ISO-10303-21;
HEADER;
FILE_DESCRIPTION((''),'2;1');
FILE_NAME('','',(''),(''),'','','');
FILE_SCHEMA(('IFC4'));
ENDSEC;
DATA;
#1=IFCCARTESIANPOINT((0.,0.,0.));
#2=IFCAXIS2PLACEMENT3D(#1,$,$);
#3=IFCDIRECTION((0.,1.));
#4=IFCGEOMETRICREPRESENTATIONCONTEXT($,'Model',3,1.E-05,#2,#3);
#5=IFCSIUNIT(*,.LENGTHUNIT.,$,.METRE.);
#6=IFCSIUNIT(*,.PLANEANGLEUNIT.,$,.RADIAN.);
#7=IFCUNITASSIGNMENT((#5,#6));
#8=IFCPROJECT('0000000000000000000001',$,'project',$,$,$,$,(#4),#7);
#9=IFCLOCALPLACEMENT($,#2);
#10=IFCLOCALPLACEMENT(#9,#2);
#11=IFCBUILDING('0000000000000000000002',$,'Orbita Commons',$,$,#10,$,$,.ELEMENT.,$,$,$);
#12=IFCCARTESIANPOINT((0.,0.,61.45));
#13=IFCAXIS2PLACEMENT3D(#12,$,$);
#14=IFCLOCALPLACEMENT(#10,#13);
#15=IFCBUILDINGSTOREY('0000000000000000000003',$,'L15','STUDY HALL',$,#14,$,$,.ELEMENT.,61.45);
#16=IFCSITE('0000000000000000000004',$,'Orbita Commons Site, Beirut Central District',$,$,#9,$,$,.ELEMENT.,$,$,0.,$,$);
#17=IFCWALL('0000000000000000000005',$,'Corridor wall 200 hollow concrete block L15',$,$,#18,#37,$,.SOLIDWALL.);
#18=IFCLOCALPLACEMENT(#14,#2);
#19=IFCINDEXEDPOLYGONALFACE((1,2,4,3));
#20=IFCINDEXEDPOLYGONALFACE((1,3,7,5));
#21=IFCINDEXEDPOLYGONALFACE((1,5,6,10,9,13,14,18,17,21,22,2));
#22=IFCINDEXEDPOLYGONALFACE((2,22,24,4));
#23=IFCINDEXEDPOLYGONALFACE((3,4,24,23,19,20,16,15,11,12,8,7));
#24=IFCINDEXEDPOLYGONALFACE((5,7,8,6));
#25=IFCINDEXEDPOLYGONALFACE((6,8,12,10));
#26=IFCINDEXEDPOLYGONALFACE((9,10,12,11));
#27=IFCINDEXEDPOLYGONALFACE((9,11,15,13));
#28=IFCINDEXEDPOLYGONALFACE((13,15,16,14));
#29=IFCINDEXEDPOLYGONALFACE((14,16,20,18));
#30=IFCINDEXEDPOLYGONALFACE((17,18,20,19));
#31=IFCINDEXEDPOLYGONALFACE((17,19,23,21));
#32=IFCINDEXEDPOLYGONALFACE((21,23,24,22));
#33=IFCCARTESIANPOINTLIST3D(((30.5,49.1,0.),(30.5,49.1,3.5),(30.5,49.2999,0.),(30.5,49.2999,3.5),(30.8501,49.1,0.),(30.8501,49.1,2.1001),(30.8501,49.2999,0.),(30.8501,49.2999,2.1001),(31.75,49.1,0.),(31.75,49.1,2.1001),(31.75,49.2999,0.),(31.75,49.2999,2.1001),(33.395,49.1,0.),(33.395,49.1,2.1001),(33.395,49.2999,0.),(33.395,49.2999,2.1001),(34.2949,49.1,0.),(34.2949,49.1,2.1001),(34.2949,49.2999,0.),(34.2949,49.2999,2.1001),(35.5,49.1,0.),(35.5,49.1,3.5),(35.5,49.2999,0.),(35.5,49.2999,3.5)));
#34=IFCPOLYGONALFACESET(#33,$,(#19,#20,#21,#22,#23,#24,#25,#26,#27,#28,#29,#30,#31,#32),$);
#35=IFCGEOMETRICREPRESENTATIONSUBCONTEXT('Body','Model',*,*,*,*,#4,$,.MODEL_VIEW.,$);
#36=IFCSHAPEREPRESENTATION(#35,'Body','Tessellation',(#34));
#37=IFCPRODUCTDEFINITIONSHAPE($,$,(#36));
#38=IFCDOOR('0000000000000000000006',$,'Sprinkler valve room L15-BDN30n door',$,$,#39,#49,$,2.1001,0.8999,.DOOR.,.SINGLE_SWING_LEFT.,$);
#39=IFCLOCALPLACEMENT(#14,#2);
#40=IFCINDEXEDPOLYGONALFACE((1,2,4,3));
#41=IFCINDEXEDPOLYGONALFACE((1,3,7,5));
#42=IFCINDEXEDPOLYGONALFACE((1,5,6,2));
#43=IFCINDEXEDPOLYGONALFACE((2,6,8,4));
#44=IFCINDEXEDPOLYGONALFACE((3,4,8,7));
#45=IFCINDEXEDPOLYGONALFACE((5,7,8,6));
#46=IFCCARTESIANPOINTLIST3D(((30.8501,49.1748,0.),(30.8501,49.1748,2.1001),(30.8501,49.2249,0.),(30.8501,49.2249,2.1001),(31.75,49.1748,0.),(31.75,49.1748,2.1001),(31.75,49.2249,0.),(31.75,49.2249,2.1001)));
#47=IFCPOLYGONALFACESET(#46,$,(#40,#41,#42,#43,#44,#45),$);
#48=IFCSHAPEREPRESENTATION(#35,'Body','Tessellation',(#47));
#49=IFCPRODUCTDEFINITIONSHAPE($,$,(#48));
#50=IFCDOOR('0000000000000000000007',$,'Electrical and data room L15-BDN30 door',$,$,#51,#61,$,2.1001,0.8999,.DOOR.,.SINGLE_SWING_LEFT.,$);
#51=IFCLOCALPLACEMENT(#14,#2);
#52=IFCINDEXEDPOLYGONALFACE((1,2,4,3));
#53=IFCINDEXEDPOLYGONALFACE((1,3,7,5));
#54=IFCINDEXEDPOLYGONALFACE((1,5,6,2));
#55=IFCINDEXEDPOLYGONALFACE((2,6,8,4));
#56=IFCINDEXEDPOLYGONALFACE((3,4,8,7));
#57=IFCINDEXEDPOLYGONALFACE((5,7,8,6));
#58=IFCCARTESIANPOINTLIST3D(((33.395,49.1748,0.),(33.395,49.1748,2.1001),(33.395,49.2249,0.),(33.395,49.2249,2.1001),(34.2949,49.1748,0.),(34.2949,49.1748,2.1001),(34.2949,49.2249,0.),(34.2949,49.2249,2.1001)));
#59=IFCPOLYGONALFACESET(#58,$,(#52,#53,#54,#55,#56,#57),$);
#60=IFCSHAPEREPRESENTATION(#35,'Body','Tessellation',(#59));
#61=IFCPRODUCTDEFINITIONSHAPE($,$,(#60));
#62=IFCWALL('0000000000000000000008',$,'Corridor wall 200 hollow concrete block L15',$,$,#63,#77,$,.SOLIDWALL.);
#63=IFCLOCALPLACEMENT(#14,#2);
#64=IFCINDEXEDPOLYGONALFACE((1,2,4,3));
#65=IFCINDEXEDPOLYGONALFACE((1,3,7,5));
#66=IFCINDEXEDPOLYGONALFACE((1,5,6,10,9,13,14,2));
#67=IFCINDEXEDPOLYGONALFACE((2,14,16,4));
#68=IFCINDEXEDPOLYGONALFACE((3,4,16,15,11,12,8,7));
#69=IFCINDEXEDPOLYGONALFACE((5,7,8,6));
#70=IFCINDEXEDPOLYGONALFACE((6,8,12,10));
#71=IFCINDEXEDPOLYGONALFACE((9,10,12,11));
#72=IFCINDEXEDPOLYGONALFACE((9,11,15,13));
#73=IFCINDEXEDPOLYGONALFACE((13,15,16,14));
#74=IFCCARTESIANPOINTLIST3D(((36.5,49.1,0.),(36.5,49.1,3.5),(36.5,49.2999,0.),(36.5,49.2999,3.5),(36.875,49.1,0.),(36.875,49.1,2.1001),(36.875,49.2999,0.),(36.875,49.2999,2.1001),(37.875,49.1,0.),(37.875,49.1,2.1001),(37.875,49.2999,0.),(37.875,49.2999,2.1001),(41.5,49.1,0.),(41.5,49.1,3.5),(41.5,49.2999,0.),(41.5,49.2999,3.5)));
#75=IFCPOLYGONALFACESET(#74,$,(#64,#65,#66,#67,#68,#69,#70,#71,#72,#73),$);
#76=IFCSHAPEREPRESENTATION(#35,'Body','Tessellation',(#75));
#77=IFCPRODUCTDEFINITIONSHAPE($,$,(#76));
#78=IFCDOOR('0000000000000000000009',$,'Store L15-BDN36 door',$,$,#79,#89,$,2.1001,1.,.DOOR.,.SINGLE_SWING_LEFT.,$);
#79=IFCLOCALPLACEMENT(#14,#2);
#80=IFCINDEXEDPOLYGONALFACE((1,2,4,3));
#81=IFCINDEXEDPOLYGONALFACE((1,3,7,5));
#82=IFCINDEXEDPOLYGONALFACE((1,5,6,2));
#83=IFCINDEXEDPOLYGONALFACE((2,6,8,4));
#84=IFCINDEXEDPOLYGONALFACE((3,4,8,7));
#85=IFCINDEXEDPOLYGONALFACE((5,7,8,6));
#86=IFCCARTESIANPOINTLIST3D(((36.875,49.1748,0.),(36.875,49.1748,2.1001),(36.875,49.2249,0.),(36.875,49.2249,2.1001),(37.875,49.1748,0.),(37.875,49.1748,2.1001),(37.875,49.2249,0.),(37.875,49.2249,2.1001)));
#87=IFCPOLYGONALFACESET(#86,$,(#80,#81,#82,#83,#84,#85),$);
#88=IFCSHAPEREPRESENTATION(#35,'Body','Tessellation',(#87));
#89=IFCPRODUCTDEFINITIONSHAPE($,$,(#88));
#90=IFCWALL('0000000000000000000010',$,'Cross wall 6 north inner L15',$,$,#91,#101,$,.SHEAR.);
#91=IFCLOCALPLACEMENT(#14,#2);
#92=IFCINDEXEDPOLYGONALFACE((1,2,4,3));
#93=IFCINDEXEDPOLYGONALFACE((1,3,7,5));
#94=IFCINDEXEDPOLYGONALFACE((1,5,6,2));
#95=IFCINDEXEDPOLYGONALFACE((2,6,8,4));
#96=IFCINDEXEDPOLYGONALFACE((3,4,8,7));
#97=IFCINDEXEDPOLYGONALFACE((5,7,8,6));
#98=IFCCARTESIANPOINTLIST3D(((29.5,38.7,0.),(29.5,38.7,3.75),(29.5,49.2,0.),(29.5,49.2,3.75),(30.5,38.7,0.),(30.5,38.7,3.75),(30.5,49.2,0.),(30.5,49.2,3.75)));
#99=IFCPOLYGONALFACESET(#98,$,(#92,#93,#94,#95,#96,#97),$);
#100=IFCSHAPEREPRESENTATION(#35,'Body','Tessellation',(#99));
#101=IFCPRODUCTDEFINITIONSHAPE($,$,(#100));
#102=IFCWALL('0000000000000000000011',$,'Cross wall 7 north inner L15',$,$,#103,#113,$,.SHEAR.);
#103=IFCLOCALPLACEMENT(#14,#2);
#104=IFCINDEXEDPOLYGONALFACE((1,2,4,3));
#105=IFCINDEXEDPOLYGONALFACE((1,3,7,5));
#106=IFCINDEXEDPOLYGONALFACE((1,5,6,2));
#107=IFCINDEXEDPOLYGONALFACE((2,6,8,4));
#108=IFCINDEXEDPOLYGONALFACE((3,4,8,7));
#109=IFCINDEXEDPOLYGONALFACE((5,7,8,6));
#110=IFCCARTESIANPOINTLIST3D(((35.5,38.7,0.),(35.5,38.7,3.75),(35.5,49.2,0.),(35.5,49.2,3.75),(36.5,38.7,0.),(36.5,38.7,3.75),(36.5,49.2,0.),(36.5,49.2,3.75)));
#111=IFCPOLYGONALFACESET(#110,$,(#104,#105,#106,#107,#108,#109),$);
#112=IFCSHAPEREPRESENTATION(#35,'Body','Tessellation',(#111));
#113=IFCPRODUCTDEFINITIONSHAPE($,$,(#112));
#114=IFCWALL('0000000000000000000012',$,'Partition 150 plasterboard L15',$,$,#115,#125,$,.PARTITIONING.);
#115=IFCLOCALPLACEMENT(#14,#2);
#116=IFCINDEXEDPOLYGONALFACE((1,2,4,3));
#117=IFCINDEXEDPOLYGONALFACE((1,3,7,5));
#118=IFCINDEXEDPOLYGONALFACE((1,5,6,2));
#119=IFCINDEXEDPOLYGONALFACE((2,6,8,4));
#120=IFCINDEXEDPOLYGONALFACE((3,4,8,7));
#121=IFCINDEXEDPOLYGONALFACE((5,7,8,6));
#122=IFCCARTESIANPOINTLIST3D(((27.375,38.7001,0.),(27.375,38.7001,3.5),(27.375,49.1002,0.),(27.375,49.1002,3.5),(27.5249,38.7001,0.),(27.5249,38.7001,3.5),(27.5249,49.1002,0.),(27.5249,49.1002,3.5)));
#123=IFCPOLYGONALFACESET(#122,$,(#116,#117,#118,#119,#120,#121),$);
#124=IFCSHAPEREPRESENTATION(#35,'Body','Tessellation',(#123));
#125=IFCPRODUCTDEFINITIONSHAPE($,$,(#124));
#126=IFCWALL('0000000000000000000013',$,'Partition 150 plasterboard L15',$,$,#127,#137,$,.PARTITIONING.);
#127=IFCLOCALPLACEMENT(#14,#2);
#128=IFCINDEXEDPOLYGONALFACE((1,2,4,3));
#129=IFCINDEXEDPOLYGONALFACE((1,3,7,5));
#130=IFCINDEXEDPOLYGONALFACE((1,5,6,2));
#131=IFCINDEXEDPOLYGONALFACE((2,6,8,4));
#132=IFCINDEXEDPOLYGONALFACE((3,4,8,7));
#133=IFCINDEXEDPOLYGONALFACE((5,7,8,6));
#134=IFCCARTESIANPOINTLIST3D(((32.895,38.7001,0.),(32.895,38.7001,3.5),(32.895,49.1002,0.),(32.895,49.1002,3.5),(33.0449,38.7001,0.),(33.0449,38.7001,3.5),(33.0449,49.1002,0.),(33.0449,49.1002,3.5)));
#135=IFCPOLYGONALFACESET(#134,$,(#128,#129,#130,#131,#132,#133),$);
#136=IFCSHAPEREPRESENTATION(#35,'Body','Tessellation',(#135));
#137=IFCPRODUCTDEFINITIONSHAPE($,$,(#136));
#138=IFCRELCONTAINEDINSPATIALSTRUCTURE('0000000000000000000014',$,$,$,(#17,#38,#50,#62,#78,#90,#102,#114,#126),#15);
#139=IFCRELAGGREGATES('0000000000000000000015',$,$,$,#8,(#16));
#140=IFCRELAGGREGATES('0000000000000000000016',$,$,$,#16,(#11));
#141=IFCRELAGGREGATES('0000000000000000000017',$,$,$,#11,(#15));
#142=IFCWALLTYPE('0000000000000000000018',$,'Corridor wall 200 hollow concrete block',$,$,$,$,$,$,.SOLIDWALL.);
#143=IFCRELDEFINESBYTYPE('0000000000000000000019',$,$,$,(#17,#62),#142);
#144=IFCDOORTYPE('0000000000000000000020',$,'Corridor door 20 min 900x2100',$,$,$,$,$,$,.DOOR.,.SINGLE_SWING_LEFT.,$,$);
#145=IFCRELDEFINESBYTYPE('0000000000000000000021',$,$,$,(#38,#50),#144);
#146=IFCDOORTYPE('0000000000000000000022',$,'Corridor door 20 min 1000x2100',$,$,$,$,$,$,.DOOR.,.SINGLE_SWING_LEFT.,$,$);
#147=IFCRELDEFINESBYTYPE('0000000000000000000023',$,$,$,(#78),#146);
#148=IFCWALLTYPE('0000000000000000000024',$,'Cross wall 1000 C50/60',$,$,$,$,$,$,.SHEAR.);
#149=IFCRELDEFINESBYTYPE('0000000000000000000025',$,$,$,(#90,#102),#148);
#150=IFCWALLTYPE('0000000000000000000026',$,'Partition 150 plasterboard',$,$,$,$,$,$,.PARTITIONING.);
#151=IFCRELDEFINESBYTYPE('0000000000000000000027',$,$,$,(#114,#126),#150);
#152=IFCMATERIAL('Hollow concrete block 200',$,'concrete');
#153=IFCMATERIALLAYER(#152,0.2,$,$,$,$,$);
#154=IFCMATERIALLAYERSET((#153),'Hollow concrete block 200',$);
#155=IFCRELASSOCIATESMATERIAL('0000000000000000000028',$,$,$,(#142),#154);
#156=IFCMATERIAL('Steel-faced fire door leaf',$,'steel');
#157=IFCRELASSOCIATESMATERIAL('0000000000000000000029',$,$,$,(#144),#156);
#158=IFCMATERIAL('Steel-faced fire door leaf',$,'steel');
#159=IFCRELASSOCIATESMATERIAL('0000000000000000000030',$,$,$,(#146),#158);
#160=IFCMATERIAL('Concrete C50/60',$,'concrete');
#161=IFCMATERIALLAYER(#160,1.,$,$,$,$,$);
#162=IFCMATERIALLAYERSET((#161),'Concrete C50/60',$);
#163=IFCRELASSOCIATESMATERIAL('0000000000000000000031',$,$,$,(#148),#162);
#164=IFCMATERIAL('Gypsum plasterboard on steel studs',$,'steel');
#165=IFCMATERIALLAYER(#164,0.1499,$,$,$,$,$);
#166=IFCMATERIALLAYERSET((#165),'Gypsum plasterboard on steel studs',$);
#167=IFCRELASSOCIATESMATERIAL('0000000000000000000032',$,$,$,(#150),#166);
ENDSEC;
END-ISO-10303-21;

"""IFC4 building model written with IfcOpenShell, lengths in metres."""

from ifc_helpers import new_model, si_unit, direction, frame, frame_2d, origin, place, context, subcontext, project, spatial, rectangle, extrude, material, layer, layer_set, type_object, element, fill, save


model = new_model("IFC4")

# Units and contexts
model_context = context("Model", 3, precision=1e-05, world=origin(), true_north=direction((0.0, 1.0)))
body_context = subcontext(model_context, "Body", "Model", "MODEL_VIEW")
ifc_project = project(units=[si_unit("LENGTHUNIT", "METRE"), si_unit("PLANEANGLEUNIT", "RADIAN")], contexts=[model_context])

# Site, building, storey
site_placement = place(None, origin())
site = spatial("IfcSite", under=ifc_project, at=site_placement, Name="Orbita Commons Site, Beirut Central District", CompositionType="ELEMENT", RefElevation=0.0)
building_placement = place(site_placement, origin())
building = spatial("IfcBuilding", under=site, at=building_placement, Name="Orbita Commons", CompositionType="ELEMENT")
storey_placement = place(building_placement, frame((0.0, 0.0, 61.45)))
storey = spatial("IfcBuildingStorey", under=building, at=storey_placement, Name="L15", Description="STUDY HALL", CompositionType="ELEMENT", Elevation=61.45)

# Wall, openings, doors
ifc_material_1 = material(Name="Hollow concrete block 200", Category="concrete")
ifc_layer_1 = layer(ifc_material_1, 0.2)
ifc_layer_set_1 = layer_set([ifc_layer_1], Name="Hollow concrete block 200")
wall_type_1 = type_object("IfcWallType", Name="Corridor wall 200 hollow concrete block", PredefinedType="SOLIDWALL", material=ifc_layer_set_1)
ifc_material_2 = material(Name="Steel-faced fire door leaf", Category="steel")
door_type_1 = type_object("IfcDoorType", Name="Corridor door 20 min 900x2100", OperationType="SINGLE_SWING_LEFT", PredefinedType="DOOR", material=ifc_material_2)
wall_1_placement = place(storey_placement, frame((30.5, 49.2, 0.0), z_axis=(0.0, 0.0, 1.0), x_axis=(1.0, 0.0, 0.0)))
wall_1 = element("IfcWall", 1, at=wall_1_placement, inside=storey, type_object=wall_type_1, Name="Corridor wall 200 hollow concrete block L15", PredefinedType="SOLIDWALL", context=body_context, shape_type="SweptSolid", body=[
    extrude(rectangle(XDim=5.0, YDim=0.2, at=frame_2d((2.5, 0.0))), origin(), (0.0, 0.0, 1.0), 3.5),
])
opening_1_placement = place(wall_1_placement, frame((0.3501, 0.0, 0.0)))
opening_1 = element("IfcOpeningElement", 2, at=opening_1_placement, cuts=wall_1, PredefinedType="OPENING", context=body_context, shape_type="SweptSolid", body=[
    extrude(rectangle(XDim=0.8999, YDim=2.1001, at=frame_2d((0.45, 1.05))), frame((0.0, 0.1099, 0.0), z_axis=(0.0, -1.0, 0.0), x_axis=(1.0, 0.0, 0.0)), (0.0, 0.0, 1.0), 0.22),
])
opening_2_placement = place(wall_1_placement, frame((2.895, 0.0, 0.0)))
opening_2 = element("IfcOpeningElement", 3, at=opening_2_placement, cuts=wall_1, PredefinedType="OPENING", context=body_context, shape_type="SweptSolid", body=[
    extrude(rectangle(XDim=0.8999, YDim=2.1001, at=frame_2d((0.45, 1.05))), frame((0.0, 0.1099, 0.0), z_axis=(0.0, -1.0, 0.0), x_axis=(1.0, 0.0, 0.0)), (0.0, 0.0, 1.0), 0.22),
])
door_1_placement = place(opening_1_placement, origin())
door_1 = element("IfcDoor", 4, at=door_1_placement, inside=storey, type_object=door_type_1, Name="Sprinkler valve room L15-BDN30n door", OperationType="SINGLE_SWING_LEFT", OverallHeight=2.1001, OverallWidth=0.8999, PredefinedType="DOOR", context=body_context, shape_type="SweptSolid", body=[
    extrude(rectangle(XDim=0.8999, YDim=2.1001, at=frame_2d((0.45, 1.05))), frame((0.0, 0.0249, 0.0), z_axis=(0.0, -1.0, 0.0), x_axis=(1.0, 0.0, 0.0)), (0.0, 0.0, 1.0), 0.05),
])
fill(opening_1, door_1)
door_2_placement = place(opening_2_placement, origin())
door_2 = element("IfcDoor", 5, at=door_2_placement, inside=storey, type_object=door_type_1, Name="Electrical and data room L15-BDN30 door", OperationType="SINGLE_SWING_LEFT", OverallHeight=2.1001, OverallWidth=0.8999, PredefinedType="DOOR", context=body_context, shape_type="SweptSolid", body=[
    extrude(rectangle(XDim=0.8999, YDim=2.1001, at=frame_2d((0.45, 1.05))), frame((0.0, 0.0249, 0.0), z_axis=(0.0, -1.0, 0.0), x_axis=(1.0, 0.0, 0.0)), (0.0, 0.0, 1.0), 0.05),
])
fill(opening_2, door_2)

# Wall, opening, door
wall_2_placement = place(storey_placement, frame((36.5, 49.2, 0.0), z_axis=(0.0, 0.0, 1.0), x_axis=(1.0, 0.0, 0.0)))
wall_2 = element("IfcWall", 6, at=wall_2_placement, inside=storey, type_object=wall_type_1, Name="Corridor wall 200 hollow concrete block L15", PredefinedType="SOLIDWALL", context=body_context, shape_type="SweptSolid", body=[
    extrude(rectangle(XDim=5.0, YDim=0.2, at=frame_2d((2.5, 0.0))), origin(), (0.0, 0.0, 1.0), 3.5),
])
opening_3_placement = place(wall_2_placement, frame((0.375, 0.0, 0.0)))
opening_3 = element("IfcOpeningElement", 7, at=opening_3_placement, cuts=wall_2, PredefinedType="OPENING", context=body_context, shape_type="SweptSolid", body=[
    extrude(rectangle(XDim=1.0, YDim=2.1001, at=frame_2d((0.5, 1.05))), frame((0.0, 0.1099, 0.0), z_axis=(0.0, -1.0, 0.0), x_axis=(1.0, 0.0, 0.0)), (0.0, 0.0, 1.0), 0.22),
])
ifc_material_3 = material(Name="Steel-faced fire door leaf", Category="steel")
door_type_2 = type_object("IfcDoorType", Name="Corridor door 20 min 1000x2100", OperationType="SINGLE_SWING_LEFT", PredefinedType="DOOR", material=ifc_material_3)
door_3_placement = place(opening_3_placement, origin())
door_3 = element("IfcDoor", 8, at=door_3_placement, inside=storey, type_object=door_type_2, Name="Store L15-BDN36 door", OperationType="SINGLE_SWING_LEFT", OverallHeight=2.1001, OverallWidth=1.0, PredefinedType="DOOR", context=body_context, shape_type="SweptSolid", body=[
    extrude(rectangle(XDim=1.0, YDim=2.1001, at=frame_2d((0.5, 1.05))), frame((0.0, 0.0249, 0.0), z_axis=(0.0, -1.0, 0.0), x_axis=(1.0, 0.0, 0.0)), (0.0, 0.0, 1.0), 0.05),
])
fill(opening_3, door_3)

# Walls
ifc_material_4 = material(Name="Concrete C50/60", Category="concrete")
ifc_layer_2 = layer(ifc_material_4, 1.0)
ifc_layer_set_2 = layer_set([ifc_layer_2], Name="Concrete C50/60")
wall_type_2 = type_object("IfcWallType", Name="Cross wall 1000 C50/60", PredefinedType="SHEAR", material=ifc_layer_set_2)
for number, where, z_axis, x_axis, name in (
    (9, (30.0, 38.7, 0.0), (0.0, 0.0, 1.0), (0.0, 1.0, 0.0), "Cross wall 6 north inner L15"),
    (10, (36.0, 38.7, 0.0), (0.0, 0.0, 1.0), (0.0, 1.0, 0.0), "Cross wall 7 north inner L15"),
):
    element("IfcWall", number, at=place(storey_placement, frame(where, z_axis=z_axis, x_axis=x_axis)), inside=storey, type_object=wall_type_2, Name=name, PredefinedType="SHEAR", context=body_context, shape_type="SweptSolid", body=[
        extrude(rectangle(XDim=10.5, YDim=1.0, at=frame_2d((5.25, 0.0))), origin(), (0.0, 0.0, 1.0), 3.75),
    ])
ifc_material_5 = material(Name="Gypsum plasterboard on steel studs", Category="steel")
ifc_layer_3 = layer(ifc_material_5, 0.1499)
ifc_layer_set_3 = layer_set([ifc_layer_3], Name="Gypsum plasterboard on steel studs")
wall_type_3 = type_object("IfcWallType", Name="Partition 150 plasterboard", PredefinedType="PARTITIONING", material=ifc_layer_set_3)
for number, where, z_axis, x_axis, name in (
    (11, (27.45, 38.7, 0.0), (0.0, 0.0, 1.0), (0.0, 1.0, 0.0), "Partition 150 plasterboard L15"),
    (12, (32.97, 38.7, 0.0), (0.0, 0.0, 1.0), (0.0, 1.0, 0.0), "Partition 150 plasterboard L15"),
):
    element("IfcWall", number, at=place(storey_placement, frame(where, z_axis=z_axis, x_axis=x_axis)), inside=storey, type_object=wall_type_3, Name=name, PredefinedType="PARTITIONING", context=body_context, shape_type="SweptSolid", body=[
        extrude(rectangle(XDim=10.4001, YDim=0.1499, at=frame_2d((5.2002, 0.0))), origin(), (0.0, 0.0, 1.0), 3.5),
    ])

save(model, "model.ifc")
